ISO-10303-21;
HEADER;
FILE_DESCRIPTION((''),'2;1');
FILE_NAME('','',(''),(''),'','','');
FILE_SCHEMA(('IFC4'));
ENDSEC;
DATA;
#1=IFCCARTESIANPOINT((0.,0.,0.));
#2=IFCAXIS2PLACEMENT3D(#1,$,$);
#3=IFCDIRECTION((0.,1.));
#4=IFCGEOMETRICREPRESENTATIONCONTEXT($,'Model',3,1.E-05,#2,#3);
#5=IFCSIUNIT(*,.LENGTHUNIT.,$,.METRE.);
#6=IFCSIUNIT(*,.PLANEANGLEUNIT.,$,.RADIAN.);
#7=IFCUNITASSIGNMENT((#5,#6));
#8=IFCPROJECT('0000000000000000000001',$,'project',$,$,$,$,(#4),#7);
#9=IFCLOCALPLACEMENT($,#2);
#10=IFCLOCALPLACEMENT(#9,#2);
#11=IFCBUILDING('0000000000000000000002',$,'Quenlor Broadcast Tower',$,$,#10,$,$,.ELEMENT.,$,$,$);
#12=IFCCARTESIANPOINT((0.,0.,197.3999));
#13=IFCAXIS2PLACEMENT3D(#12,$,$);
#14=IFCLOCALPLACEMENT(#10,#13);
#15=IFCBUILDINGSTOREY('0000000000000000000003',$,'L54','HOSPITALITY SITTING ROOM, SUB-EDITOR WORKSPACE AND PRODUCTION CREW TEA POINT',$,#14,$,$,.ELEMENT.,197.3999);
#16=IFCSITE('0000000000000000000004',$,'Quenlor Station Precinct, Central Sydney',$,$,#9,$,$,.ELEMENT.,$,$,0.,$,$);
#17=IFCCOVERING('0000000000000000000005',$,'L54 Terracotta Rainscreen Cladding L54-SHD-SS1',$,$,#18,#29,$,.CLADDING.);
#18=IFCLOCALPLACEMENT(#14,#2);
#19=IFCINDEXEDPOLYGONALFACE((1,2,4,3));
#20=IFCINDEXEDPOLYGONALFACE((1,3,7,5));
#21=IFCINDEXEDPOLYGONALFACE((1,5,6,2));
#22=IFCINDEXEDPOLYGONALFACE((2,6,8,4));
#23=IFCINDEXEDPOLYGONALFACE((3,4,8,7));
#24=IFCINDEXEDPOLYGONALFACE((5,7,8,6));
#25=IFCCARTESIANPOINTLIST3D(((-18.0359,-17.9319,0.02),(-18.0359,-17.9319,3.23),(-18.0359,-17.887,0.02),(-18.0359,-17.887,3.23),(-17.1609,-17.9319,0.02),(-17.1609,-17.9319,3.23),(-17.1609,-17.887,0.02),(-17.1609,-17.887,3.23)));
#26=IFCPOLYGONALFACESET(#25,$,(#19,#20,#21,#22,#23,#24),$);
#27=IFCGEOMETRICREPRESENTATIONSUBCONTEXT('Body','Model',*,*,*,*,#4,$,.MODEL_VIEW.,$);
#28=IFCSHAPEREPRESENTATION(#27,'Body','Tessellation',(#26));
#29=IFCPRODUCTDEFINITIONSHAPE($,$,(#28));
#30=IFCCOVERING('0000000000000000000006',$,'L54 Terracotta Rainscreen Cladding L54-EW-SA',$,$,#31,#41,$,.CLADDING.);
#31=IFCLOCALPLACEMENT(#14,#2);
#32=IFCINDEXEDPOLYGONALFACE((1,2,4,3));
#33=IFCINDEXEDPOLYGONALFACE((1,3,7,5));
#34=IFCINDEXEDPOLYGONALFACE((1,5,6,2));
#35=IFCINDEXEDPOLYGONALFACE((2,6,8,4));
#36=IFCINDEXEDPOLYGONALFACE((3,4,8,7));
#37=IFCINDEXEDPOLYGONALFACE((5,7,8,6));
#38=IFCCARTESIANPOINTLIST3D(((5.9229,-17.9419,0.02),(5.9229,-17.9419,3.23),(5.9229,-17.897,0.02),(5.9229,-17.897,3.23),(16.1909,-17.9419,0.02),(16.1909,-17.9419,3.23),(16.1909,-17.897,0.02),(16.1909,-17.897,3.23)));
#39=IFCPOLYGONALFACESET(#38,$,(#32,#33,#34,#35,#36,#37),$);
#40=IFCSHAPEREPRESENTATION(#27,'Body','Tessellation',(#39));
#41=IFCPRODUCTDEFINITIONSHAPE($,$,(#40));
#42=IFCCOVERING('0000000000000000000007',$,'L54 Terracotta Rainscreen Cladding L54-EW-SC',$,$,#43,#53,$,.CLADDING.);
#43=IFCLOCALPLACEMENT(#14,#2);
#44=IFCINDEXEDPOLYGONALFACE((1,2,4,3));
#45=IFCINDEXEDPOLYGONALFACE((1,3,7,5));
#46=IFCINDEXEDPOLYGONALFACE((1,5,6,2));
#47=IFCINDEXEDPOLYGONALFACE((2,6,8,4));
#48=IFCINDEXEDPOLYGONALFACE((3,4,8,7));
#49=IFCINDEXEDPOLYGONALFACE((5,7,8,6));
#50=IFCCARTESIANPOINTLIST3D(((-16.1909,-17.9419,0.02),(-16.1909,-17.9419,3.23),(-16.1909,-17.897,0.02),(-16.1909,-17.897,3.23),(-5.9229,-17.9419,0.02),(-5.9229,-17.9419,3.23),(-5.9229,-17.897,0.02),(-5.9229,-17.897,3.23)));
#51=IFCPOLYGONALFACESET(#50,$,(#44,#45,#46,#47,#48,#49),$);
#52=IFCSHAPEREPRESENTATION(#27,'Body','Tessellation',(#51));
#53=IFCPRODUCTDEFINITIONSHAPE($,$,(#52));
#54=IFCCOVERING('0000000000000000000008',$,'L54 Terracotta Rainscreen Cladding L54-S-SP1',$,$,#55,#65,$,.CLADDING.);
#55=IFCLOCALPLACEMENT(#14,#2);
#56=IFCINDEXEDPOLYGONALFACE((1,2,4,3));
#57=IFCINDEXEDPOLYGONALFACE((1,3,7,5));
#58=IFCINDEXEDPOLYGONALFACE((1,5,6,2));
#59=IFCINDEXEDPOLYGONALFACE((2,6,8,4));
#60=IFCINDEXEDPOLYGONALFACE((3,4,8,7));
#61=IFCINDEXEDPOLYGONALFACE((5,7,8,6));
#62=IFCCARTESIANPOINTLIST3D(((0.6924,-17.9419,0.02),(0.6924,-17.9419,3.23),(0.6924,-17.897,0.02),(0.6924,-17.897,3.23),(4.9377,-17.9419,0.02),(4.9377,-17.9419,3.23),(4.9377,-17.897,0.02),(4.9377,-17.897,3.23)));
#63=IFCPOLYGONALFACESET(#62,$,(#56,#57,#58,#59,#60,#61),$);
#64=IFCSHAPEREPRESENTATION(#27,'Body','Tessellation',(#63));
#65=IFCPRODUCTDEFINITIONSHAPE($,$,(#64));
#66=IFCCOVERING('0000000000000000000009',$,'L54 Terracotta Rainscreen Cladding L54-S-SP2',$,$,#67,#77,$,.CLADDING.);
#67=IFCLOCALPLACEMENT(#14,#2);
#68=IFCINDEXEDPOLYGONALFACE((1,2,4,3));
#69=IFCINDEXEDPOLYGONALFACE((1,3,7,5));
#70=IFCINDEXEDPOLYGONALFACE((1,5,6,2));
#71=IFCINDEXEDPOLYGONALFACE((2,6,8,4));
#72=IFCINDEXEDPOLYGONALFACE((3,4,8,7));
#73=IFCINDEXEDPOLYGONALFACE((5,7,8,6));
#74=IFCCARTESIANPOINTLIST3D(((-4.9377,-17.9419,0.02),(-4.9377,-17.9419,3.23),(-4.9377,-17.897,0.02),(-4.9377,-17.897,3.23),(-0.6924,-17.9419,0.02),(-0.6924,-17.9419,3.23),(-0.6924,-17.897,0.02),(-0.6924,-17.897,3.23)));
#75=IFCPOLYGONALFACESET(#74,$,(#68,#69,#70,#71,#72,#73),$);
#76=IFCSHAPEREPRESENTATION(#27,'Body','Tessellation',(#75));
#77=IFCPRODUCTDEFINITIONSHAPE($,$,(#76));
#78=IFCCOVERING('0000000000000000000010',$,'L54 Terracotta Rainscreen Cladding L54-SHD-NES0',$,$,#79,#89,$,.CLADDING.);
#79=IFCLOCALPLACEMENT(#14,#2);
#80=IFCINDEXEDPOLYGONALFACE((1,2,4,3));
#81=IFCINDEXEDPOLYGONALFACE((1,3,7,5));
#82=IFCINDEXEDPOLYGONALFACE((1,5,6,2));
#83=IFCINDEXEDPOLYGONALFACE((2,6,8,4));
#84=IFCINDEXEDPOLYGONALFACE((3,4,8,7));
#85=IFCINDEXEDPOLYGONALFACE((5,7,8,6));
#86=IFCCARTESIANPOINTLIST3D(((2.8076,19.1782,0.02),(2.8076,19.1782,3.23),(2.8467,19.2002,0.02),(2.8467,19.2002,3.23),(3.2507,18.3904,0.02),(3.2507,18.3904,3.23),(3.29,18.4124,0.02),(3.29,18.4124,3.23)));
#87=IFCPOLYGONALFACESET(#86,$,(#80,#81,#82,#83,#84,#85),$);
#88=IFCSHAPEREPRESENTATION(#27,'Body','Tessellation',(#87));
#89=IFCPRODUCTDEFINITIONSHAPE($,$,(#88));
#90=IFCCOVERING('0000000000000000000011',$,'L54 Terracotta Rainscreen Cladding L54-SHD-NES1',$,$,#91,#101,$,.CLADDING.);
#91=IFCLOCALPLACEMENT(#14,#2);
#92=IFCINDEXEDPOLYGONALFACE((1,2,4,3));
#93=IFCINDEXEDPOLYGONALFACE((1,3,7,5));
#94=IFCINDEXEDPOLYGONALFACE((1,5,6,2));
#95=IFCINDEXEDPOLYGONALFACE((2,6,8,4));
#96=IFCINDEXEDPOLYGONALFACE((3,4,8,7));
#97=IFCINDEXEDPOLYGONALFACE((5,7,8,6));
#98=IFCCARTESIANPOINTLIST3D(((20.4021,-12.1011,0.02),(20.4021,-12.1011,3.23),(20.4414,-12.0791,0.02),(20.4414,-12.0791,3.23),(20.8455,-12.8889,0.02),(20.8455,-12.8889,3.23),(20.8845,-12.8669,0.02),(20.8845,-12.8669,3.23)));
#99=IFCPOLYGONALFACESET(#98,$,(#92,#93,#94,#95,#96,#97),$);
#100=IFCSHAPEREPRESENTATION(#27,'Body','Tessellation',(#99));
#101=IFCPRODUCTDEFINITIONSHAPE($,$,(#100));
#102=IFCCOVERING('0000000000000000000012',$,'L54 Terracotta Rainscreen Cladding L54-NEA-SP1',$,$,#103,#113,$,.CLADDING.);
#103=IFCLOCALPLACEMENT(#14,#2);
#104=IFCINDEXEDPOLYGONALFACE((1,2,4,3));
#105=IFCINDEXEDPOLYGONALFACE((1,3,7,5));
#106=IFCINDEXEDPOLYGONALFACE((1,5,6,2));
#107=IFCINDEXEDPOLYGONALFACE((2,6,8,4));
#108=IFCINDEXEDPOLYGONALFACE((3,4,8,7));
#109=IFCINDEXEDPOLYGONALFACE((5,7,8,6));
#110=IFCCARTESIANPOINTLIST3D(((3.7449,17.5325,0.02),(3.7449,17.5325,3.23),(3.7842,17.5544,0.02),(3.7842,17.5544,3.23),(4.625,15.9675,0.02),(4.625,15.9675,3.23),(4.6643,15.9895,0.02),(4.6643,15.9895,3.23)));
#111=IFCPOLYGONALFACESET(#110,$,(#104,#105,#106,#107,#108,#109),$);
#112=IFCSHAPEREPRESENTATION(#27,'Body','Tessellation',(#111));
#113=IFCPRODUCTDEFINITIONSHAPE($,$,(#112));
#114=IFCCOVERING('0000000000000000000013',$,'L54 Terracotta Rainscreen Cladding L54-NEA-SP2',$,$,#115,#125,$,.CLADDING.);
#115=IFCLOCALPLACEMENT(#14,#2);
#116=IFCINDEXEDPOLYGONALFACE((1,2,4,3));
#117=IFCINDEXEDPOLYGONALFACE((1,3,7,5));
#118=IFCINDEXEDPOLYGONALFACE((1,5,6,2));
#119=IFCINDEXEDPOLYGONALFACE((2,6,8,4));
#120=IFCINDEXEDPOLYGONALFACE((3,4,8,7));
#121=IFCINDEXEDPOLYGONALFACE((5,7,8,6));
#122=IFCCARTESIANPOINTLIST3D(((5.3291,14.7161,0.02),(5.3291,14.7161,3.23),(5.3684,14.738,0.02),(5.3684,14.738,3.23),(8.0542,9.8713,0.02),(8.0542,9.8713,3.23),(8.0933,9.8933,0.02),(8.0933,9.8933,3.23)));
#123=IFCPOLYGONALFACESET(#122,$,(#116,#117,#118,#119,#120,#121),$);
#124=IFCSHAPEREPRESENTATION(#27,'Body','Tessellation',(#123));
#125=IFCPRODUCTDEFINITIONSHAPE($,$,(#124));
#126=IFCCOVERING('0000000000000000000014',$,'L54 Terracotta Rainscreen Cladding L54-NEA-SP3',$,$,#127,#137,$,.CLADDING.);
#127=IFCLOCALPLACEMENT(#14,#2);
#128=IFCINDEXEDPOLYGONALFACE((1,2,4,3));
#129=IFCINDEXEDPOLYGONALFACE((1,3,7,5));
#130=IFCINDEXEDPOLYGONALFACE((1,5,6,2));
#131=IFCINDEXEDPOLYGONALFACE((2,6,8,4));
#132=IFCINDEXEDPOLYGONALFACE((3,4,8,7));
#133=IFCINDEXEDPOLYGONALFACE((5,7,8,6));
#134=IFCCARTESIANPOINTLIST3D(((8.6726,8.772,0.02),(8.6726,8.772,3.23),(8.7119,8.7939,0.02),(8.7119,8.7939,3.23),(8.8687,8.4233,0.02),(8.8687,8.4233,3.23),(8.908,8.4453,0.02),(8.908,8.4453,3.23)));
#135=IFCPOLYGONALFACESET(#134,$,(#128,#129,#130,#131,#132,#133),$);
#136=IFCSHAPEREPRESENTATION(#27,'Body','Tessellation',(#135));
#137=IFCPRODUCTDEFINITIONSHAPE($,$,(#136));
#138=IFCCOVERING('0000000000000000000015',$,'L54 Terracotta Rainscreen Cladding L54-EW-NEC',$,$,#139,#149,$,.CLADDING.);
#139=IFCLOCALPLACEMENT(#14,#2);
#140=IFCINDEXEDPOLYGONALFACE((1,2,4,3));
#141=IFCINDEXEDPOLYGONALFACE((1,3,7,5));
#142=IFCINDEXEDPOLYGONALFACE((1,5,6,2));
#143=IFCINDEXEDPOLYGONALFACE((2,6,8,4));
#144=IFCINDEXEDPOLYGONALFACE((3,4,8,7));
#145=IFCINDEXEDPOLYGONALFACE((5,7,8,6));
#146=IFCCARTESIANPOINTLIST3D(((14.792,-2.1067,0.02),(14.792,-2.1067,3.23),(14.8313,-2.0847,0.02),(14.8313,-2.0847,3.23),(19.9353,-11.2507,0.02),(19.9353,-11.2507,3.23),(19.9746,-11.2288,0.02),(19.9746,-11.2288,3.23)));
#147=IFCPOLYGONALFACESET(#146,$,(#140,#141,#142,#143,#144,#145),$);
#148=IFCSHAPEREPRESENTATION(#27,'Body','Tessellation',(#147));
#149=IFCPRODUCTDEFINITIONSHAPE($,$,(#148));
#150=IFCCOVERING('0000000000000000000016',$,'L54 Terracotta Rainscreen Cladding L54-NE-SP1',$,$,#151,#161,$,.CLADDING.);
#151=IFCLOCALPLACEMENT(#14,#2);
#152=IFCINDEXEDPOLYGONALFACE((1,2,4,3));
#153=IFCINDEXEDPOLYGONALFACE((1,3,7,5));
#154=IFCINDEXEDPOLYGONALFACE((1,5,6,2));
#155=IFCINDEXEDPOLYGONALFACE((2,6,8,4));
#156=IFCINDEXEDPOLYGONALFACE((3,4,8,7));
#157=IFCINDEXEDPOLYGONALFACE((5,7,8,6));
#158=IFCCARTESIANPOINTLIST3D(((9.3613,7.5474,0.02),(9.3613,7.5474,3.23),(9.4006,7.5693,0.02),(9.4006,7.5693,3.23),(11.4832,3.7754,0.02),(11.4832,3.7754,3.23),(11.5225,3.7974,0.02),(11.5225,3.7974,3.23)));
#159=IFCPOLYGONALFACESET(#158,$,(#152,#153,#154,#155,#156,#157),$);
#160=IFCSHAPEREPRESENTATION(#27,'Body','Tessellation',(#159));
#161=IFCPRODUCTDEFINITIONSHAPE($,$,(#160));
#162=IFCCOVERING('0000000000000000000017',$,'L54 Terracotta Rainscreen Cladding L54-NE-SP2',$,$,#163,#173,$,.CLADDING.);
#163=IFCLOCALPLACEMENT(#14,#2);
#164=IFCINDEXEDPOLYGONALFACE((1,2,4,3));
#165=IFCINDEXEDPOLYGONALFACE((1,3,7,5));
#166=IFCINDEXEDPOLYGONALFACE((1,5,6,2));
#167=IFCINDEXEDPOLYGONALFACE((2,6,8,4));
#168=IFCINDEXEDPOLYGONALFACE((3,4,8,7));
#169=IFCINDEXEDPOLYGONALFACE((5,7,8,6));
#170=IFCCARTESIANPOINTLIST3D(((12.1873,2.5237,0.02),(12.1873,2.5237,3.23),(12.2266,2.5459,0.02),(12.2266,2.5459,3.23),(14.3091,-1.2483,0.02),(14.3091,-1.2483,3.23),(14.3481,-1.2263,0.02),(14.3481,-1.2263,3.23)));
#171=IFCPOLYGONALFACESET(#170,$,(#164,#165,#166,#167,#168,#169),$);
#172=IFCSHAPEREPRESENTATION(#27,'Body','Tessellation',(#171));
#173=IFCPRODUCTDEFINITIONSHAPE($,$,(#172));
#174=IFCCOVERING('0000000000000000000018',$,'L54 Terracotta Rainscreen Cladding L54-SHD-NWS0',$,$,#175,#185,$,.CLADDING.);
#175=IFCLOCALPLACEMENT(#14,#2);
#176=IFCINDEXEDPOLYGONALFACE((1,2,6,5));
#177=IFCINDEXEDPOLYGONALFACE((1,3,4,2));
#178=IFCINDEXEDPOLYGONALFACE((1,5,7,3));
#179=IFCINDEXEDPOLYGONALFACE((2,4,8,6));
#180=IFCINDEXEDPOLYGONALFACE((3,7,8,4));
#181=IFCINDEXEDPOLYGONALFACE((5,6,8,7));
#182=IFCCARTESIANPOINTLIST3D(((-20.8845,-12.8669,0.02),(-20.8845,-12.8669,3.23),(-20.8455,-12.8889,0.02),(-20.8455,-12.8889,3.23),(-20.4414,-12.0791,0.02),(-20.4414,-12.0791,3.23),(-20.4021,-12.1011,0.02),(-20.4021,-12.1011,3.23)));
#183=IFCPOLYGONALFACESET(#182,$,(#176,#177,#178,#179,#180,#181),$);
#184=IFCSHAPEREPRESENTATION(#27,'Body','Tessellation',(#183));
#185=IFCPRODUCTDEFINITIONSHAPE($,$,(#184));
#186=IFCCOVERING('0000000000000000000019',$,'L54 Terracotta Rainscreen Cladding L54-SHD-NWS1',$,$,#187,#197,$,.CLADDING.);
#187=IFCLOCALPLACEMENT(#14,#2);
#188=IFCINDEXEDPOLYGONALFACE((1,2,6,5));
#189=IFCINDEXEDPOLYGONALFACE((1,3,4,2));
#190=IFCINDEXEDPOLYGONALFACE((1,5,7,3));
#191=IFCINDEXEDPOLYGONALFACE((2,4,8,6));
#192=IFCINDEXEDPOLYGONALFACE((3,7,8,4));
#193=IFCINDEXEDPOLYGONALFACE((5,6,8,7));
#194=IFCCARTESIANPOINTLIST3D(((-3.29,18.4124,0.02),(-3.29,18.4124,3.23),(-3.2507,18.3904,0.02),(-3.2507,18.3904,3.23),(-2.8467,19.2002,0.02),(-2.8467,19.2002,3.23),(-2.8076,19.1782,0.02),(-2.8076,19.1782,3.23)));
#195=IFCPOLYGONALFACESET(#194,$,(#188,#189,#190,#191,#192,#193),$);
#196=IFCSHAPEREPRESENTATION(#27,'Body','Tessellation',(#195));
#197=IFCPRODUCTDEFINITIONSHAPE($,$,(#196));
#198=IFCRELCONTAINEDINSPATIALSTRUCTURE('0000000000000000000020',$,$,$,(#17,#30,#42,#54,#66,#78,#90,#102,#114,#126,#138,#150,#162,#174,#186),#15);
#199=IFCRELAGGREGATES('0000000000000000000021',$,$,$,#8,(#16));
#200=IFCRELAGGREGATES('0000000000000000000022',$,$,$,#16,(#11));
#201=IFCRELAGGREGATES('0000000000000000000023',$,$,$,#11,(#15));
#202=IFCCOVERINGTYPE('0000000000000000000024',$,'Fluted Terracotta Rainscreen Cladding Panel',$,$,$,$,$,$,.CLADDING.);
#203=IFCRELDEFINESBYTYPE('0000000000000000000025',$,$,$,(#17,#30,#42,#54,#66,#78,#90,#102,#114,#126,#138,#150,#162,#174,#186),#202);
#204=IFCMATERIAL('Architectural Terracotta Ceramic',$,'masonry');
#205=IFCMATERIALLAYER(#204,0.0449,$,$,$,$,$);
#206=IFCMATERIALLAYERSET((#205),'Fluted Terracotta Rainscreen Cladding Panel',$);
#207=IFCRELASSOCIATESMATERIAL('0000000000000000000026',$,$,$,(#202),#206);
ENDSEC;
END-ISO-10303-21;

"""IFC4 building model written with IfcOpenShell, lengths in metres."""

from ifc_helpers import new_model, si_unit, direction, frame, origin, place, context, subcontext, project, spatial, polyline, outline, extrude, material, layer, layer_set, type_object, element, save


model = new_model("IFC4")

# Units and contexts
model_context = context("Model", 3, precision=1e-05, world=origin(), true_north=direction((0.0, 1.0)))
body_context = subcontext(model_context, "Body", "Model", "MODEL_VIEW")
ifc_project = project(units=[si_unit("LENGTHUNIT", "METRE"), si_unit("PLANEANGLEUNIT", "RADIAN")], contexts=[model_context])

# Site, building, storey
site_placement = place(None, origin())
site = spatial("IfcSite", under=ifc_project, at=site_placement, Name="Quenlor Station Precinct, Central Sydney", CompositionType="ELEMENT", RefElevation=0.0)
building_placement = place(site_placement, origin())
building = spatial("IfcBuilding", under=site, at=building_placement, Name="Quenlor Broadcast Tower", CompositionType="ELEMENT")
storey_placement = place(building_placement, frame((0.0, 0.0, 197.3999)))
storey = spatial("IfcBuildingStorey", under=building, at=storey_placement, Name="L54", Description="HOSPITALITY SITTING ROOM, SUB-EDITOR WORKSPACE AND PRODUCTION CREW TEA POINT", CompositionType="ELEMENT", Elevation=197.3999)

# Coverings
ifc_material_1 = material(Name="Architectural Terracotta Ceramic", Category="masonry")
ifc_layer_1 = layer(ifc_material_1, 0.0449)
ifc_layer_set_1 = layer_set([ifc_layer_1], Name="Fluted Terracotta Rainscreen Cladding Panel")
covering_type = type_object("IfcCoveringType", Name="Fluted Terracotta Rainscreen Cladding Panel", PredefinedType="CLADDING", material=ifc_layer_set_1)
covering_1_placement = place(storey_placement, frame((0.0, 0.0, 0.02)))
element("IfcCovering", 1, at=covering_1_placement, inside=storey, type_object=covering_type, Name="L54 Terracotta Rainscreen Cladding L54-SHD-SS1", PredefinedType="CLADDING", context=body_context, shape_type="SweptSolid", body=[
    extrude(outline(polyline([(-17.1609, -17.887), (-18.0359, -17.887), (-18.0359, -17.9319), (-17.1609, -17.9319), (-17.1609, -17.887)])), origin(), (0.0, 0.0, 1.0), 3.21),
])
covering_2_placement = place(storey_placement, frame((0.0, 0.0, 0.02)))
element("IfcCovering", 2, at=covering_2_placement, inside=storey, type_object=covering_type, Name="L54 Terracotta Rainscreen Cladding L54-EW-SA", PredefinedType="CLADDING", context=body_context, shape_type="SweptSolid", body=[
    extrude(outline(polyline([(16.1909, -17.897), (5.9229, -17.897), (5.9229, -17.9419), (16.1909, -17.9419), (16.1909, -17.897)])), origin(), (0.0, 0.0, 1.0), 3.21),
])
covering_3_placement = place(storey_placement, frame((0.0, 0.0, 0.02)))
element("IfcCovering", 3, at=covering_3_placement, inside=storey, type_object=covering_type, Name="L54 Terracotta Rainscreen Cladding L54-EW-SC", PredefinedType="CLADDING", context=body_context, shape_type="SweptSolid", body=[
    extrude(outline(polyline([(-5.9229, -17.897), (-16.1909, -17.897), (-16.1909, -17.9419), (-5.9229, -17.9419), (-5.9229, -17.897)])), origin(), (0.0, 0.0, 1.0), 3.21),
])
covering_4_placement = place(storey_placement, frame((0.0, 0.0, 0.02)))
element("IfcCovering", 4, at=covering_4_placement, inside=storey, type_object=covering_type, Name="L54 Terracotta Rainscreen Cladding L54-S-SP1", PredefinedType="CLADDING", context=body_context, shape_type="SweptSolid", body=[
    extrude(outline(polyline([(4.9377, -17.897), (0.6924, -17.897), (0.6924, -17.9419), (4.9377, -17.9419), (4.9377, -17.897)])), origin(), (0.0, 0.0, 1.0), 3.21),
])
covering_5_placement = place(storey_placement, frame((0.0, 0.0, 0.02)))
element("IfcCovering", 5, at=covering_5_placement, inside=storey, type_object=covering_type, Name="L54 Terracotta Rainscreen Cladding L54-S-SP2", PredefinedType="CLADDING", context=body_context, shape_type="SweptSolid", body=[
    extrude(outline(polyline([(-0.6924, -17.897), (-4.9377, -17.897), (-4.9377, -17.9419), (-0.6924, -17.9419), (-0.6924, -17.897)])), origin(), (0.0, 0.0, 1.0), 3.21),
])
covering_6_placement = place(storey_placement, frame((0.0, 0.0, 0.02)))
element("IfcCovering", 6, at=covering_6_placement, inside=storey, type_object=covering_type, Name="L54 Terracotta Rainscreen Cladding L54-SHD-NES0", PredefinedType="CLADDING", context=body_context, shape_type="SweptSolid", body=[
    extrude(outline(polyline([(2.8076, 19.1782), (3.2507, 18.3904), (3.29, 18.4124), (2.8467, 19.2002), (2.8076, 19.1782)])), origin(), (0.0, 0.0, 1.0), 3.21),
])
covering_7_placement = place(storey_placement, frame((0.0, 0.0, 0.02)))
element("IfcCovering", 7, at=covering_7_placement, inside=storey, type_object=covering_type, Name="L54 Terracotta Rainscreen Cladding L54-SHD-NES1", PredefinedType="CLADDING", context=body_context, shape_type="SweptSolid", body=[
    extrude(outline(polyline([(20.4021, -12.1011), (20.8455, -12.8889), (20.8845, -12.8669), (20.4414, -12.0791), (20.4021, -12.1011)])), origin(), (0.0, 0.0, 1.0), 3.21),
])
covering_8_placement = place(storey_placement, frame((0.0, 0.0, 0.02)))
element("IfcCovering", 8, at=covering_8_placement, inside=storey, type_object=covering_type, Name="L54 Terracotta Rainscreen Cladding L54-NEA-SP1", PredefinedType="CLADDING", context=body_context, shape_type="SweptSolid", body=[
    extrude(outline(polyline([(3.7449, 17.5325), (4.625, 15.9675), (4.6643, 15.9895), (3.7842, 17.5544), (3.7449, 17.5325)])), origin(), (0.0, 0.0, 1.0), 3.21),
])
covering_9_placement = place(storey_placement, frame((0.0, 0.0, 0.02)))
element("IfcCovering", 9, at=covering_9_placement, inside=storey, type_object=covering_type, Name="L54 Terracotta Rainscreen Cladding L54-NEA-SP2", PredefinedType="CLADDING", context=body_context, shape_type="SweptSolid", body=[
    extrude(outline(polyline([(5.3291, 14.7161), (8.0542, 9.8713), (8.0933, 9.8933), (5.3684, 14.738), (5.3291, 14.7161)])), origin(), (0.0, 0.0, 1.0), 3.21),
])
covering_10_placement = place(storey_placement, frame((0.0, 0.0, 0.02)))
element("IfcCovering", 10, at=covering_10_placement, inside=storey, type_object=covering_type, Name="L54 Terracotta Rainscreen Cladding L54-NEA-SP3", PredefinedType="CLADDING", context=body_context, shape_type="SweptSolid", body=[
    extrude(outline(polyline([(8.6726, 8.772), (8.8687, 8.4233), (8.908, 8.4453), (8.7119, 8.7939), (8.6726, 8.772)])), origin(), (0.0, 0.0, 1.0), 3.21),
])
covering_11_placement = place(storey_placement, frame((0.0, 0.0, 0.02)))
element("IfcCovering", 11, at=covering_11_placement, inside=storey, type_object=covering_type, Name="L54 Terracotta Rainscreen Cladding L54-EW-NEC", PredefinedType="CLADDING", context=body_context, shape_type="SweptSolid", body=[
    extrude(outline(polyline([(14.792, -2.1067), (19.9353, -11.2507), (19.9746, -11.2288), (14.8313, -2.0847), (14.792, -2.1067)])), origin(), (0.0, 0.0, 1.0), 3.21),
])
covering_12_placement = place(storey_placement, frame((0.0, 0.0, 0.02)))
element("IfcCovering", 12, at=covering_12_placement, inside=storey, type_object=covering_type, Name="L54 Terracotta Rainscreen Cladding L54-NE-SP1", PredefinedType="CLADDING", context=body_context, shape_type="SweptSolid", body=[
    extrude(outline(polyline([(9.3613, 7.5474), (11.4832, 3.7754), (11.5225, 3.7974), (9.4006, 7.5693), (9.3613, 7.5474)])), origin(), (0.0, 0.0, 1.0), 3.21),
])
covering_13_placement = place(storey_placement, frame((0.0, 0.0, 0.02)))
element("IfcCovering", 13, at=covering_13_placement, inside=storey, type_object=covering_type, Name="L54 Terracotta Rainscreen Cladding L54-NE-SP2", PredefinedType="CLADDING", context=body_context, shape_type="SweptSolid", body=[
    extrude(outline(polyline([(12.1873, 2.5237), (14.3091, -1.2483), (14.3481, -1.2263), (12.2266, 2.5459), (12.1873, 2.5237)])), origin(), (0.0, 0.0, 1.0), 3.21),
])
covering_14_placement = place(storey_placement, frame((0.0, 0.0, 0.02)))
element("IfcCovering", 14, at=covering_14_placement, inside=storey, type_object=covering_type, Name="L54 Terracotta Rainscreen Cladding L54-SHD-NWS0", PredefinedType="CLADDING", context=body_context, shape_type="SweptSolid", body=[
    extrude(outline(polyline([(-20.8455, -12.8889), (-20.4021, -12.1011), (-20.4414, -12.0791), (-20.8845, -12.8669), (-20.8455, -12.8889)])), origin(), (0.0, 0.0, 1.0), 3.21),
])
covering_15_placement = place(storey_placement, frame((0.0, 0.0, 0.02)))
element("IfcCovering", 15, at=covering_15_placement, inside=storey, type_object=covering_type, Name="L54 Terracotta Rainscreen Cladding L54-SHD-NWS1", PredefinedType="CLADDING", context=body_context, shape_type="SweptSolid", body=[
    extrude(outline(polyline([(-3.2507, 18.3904), (-2.8076, 19.1782), (-2.8467, 19.2002), (-3.29, 18.4124), (-3.2507, 18.3904)])), origin(), (0.0, 0.0, 1.0), 3.21),
])

save(model, "model.ifc")
